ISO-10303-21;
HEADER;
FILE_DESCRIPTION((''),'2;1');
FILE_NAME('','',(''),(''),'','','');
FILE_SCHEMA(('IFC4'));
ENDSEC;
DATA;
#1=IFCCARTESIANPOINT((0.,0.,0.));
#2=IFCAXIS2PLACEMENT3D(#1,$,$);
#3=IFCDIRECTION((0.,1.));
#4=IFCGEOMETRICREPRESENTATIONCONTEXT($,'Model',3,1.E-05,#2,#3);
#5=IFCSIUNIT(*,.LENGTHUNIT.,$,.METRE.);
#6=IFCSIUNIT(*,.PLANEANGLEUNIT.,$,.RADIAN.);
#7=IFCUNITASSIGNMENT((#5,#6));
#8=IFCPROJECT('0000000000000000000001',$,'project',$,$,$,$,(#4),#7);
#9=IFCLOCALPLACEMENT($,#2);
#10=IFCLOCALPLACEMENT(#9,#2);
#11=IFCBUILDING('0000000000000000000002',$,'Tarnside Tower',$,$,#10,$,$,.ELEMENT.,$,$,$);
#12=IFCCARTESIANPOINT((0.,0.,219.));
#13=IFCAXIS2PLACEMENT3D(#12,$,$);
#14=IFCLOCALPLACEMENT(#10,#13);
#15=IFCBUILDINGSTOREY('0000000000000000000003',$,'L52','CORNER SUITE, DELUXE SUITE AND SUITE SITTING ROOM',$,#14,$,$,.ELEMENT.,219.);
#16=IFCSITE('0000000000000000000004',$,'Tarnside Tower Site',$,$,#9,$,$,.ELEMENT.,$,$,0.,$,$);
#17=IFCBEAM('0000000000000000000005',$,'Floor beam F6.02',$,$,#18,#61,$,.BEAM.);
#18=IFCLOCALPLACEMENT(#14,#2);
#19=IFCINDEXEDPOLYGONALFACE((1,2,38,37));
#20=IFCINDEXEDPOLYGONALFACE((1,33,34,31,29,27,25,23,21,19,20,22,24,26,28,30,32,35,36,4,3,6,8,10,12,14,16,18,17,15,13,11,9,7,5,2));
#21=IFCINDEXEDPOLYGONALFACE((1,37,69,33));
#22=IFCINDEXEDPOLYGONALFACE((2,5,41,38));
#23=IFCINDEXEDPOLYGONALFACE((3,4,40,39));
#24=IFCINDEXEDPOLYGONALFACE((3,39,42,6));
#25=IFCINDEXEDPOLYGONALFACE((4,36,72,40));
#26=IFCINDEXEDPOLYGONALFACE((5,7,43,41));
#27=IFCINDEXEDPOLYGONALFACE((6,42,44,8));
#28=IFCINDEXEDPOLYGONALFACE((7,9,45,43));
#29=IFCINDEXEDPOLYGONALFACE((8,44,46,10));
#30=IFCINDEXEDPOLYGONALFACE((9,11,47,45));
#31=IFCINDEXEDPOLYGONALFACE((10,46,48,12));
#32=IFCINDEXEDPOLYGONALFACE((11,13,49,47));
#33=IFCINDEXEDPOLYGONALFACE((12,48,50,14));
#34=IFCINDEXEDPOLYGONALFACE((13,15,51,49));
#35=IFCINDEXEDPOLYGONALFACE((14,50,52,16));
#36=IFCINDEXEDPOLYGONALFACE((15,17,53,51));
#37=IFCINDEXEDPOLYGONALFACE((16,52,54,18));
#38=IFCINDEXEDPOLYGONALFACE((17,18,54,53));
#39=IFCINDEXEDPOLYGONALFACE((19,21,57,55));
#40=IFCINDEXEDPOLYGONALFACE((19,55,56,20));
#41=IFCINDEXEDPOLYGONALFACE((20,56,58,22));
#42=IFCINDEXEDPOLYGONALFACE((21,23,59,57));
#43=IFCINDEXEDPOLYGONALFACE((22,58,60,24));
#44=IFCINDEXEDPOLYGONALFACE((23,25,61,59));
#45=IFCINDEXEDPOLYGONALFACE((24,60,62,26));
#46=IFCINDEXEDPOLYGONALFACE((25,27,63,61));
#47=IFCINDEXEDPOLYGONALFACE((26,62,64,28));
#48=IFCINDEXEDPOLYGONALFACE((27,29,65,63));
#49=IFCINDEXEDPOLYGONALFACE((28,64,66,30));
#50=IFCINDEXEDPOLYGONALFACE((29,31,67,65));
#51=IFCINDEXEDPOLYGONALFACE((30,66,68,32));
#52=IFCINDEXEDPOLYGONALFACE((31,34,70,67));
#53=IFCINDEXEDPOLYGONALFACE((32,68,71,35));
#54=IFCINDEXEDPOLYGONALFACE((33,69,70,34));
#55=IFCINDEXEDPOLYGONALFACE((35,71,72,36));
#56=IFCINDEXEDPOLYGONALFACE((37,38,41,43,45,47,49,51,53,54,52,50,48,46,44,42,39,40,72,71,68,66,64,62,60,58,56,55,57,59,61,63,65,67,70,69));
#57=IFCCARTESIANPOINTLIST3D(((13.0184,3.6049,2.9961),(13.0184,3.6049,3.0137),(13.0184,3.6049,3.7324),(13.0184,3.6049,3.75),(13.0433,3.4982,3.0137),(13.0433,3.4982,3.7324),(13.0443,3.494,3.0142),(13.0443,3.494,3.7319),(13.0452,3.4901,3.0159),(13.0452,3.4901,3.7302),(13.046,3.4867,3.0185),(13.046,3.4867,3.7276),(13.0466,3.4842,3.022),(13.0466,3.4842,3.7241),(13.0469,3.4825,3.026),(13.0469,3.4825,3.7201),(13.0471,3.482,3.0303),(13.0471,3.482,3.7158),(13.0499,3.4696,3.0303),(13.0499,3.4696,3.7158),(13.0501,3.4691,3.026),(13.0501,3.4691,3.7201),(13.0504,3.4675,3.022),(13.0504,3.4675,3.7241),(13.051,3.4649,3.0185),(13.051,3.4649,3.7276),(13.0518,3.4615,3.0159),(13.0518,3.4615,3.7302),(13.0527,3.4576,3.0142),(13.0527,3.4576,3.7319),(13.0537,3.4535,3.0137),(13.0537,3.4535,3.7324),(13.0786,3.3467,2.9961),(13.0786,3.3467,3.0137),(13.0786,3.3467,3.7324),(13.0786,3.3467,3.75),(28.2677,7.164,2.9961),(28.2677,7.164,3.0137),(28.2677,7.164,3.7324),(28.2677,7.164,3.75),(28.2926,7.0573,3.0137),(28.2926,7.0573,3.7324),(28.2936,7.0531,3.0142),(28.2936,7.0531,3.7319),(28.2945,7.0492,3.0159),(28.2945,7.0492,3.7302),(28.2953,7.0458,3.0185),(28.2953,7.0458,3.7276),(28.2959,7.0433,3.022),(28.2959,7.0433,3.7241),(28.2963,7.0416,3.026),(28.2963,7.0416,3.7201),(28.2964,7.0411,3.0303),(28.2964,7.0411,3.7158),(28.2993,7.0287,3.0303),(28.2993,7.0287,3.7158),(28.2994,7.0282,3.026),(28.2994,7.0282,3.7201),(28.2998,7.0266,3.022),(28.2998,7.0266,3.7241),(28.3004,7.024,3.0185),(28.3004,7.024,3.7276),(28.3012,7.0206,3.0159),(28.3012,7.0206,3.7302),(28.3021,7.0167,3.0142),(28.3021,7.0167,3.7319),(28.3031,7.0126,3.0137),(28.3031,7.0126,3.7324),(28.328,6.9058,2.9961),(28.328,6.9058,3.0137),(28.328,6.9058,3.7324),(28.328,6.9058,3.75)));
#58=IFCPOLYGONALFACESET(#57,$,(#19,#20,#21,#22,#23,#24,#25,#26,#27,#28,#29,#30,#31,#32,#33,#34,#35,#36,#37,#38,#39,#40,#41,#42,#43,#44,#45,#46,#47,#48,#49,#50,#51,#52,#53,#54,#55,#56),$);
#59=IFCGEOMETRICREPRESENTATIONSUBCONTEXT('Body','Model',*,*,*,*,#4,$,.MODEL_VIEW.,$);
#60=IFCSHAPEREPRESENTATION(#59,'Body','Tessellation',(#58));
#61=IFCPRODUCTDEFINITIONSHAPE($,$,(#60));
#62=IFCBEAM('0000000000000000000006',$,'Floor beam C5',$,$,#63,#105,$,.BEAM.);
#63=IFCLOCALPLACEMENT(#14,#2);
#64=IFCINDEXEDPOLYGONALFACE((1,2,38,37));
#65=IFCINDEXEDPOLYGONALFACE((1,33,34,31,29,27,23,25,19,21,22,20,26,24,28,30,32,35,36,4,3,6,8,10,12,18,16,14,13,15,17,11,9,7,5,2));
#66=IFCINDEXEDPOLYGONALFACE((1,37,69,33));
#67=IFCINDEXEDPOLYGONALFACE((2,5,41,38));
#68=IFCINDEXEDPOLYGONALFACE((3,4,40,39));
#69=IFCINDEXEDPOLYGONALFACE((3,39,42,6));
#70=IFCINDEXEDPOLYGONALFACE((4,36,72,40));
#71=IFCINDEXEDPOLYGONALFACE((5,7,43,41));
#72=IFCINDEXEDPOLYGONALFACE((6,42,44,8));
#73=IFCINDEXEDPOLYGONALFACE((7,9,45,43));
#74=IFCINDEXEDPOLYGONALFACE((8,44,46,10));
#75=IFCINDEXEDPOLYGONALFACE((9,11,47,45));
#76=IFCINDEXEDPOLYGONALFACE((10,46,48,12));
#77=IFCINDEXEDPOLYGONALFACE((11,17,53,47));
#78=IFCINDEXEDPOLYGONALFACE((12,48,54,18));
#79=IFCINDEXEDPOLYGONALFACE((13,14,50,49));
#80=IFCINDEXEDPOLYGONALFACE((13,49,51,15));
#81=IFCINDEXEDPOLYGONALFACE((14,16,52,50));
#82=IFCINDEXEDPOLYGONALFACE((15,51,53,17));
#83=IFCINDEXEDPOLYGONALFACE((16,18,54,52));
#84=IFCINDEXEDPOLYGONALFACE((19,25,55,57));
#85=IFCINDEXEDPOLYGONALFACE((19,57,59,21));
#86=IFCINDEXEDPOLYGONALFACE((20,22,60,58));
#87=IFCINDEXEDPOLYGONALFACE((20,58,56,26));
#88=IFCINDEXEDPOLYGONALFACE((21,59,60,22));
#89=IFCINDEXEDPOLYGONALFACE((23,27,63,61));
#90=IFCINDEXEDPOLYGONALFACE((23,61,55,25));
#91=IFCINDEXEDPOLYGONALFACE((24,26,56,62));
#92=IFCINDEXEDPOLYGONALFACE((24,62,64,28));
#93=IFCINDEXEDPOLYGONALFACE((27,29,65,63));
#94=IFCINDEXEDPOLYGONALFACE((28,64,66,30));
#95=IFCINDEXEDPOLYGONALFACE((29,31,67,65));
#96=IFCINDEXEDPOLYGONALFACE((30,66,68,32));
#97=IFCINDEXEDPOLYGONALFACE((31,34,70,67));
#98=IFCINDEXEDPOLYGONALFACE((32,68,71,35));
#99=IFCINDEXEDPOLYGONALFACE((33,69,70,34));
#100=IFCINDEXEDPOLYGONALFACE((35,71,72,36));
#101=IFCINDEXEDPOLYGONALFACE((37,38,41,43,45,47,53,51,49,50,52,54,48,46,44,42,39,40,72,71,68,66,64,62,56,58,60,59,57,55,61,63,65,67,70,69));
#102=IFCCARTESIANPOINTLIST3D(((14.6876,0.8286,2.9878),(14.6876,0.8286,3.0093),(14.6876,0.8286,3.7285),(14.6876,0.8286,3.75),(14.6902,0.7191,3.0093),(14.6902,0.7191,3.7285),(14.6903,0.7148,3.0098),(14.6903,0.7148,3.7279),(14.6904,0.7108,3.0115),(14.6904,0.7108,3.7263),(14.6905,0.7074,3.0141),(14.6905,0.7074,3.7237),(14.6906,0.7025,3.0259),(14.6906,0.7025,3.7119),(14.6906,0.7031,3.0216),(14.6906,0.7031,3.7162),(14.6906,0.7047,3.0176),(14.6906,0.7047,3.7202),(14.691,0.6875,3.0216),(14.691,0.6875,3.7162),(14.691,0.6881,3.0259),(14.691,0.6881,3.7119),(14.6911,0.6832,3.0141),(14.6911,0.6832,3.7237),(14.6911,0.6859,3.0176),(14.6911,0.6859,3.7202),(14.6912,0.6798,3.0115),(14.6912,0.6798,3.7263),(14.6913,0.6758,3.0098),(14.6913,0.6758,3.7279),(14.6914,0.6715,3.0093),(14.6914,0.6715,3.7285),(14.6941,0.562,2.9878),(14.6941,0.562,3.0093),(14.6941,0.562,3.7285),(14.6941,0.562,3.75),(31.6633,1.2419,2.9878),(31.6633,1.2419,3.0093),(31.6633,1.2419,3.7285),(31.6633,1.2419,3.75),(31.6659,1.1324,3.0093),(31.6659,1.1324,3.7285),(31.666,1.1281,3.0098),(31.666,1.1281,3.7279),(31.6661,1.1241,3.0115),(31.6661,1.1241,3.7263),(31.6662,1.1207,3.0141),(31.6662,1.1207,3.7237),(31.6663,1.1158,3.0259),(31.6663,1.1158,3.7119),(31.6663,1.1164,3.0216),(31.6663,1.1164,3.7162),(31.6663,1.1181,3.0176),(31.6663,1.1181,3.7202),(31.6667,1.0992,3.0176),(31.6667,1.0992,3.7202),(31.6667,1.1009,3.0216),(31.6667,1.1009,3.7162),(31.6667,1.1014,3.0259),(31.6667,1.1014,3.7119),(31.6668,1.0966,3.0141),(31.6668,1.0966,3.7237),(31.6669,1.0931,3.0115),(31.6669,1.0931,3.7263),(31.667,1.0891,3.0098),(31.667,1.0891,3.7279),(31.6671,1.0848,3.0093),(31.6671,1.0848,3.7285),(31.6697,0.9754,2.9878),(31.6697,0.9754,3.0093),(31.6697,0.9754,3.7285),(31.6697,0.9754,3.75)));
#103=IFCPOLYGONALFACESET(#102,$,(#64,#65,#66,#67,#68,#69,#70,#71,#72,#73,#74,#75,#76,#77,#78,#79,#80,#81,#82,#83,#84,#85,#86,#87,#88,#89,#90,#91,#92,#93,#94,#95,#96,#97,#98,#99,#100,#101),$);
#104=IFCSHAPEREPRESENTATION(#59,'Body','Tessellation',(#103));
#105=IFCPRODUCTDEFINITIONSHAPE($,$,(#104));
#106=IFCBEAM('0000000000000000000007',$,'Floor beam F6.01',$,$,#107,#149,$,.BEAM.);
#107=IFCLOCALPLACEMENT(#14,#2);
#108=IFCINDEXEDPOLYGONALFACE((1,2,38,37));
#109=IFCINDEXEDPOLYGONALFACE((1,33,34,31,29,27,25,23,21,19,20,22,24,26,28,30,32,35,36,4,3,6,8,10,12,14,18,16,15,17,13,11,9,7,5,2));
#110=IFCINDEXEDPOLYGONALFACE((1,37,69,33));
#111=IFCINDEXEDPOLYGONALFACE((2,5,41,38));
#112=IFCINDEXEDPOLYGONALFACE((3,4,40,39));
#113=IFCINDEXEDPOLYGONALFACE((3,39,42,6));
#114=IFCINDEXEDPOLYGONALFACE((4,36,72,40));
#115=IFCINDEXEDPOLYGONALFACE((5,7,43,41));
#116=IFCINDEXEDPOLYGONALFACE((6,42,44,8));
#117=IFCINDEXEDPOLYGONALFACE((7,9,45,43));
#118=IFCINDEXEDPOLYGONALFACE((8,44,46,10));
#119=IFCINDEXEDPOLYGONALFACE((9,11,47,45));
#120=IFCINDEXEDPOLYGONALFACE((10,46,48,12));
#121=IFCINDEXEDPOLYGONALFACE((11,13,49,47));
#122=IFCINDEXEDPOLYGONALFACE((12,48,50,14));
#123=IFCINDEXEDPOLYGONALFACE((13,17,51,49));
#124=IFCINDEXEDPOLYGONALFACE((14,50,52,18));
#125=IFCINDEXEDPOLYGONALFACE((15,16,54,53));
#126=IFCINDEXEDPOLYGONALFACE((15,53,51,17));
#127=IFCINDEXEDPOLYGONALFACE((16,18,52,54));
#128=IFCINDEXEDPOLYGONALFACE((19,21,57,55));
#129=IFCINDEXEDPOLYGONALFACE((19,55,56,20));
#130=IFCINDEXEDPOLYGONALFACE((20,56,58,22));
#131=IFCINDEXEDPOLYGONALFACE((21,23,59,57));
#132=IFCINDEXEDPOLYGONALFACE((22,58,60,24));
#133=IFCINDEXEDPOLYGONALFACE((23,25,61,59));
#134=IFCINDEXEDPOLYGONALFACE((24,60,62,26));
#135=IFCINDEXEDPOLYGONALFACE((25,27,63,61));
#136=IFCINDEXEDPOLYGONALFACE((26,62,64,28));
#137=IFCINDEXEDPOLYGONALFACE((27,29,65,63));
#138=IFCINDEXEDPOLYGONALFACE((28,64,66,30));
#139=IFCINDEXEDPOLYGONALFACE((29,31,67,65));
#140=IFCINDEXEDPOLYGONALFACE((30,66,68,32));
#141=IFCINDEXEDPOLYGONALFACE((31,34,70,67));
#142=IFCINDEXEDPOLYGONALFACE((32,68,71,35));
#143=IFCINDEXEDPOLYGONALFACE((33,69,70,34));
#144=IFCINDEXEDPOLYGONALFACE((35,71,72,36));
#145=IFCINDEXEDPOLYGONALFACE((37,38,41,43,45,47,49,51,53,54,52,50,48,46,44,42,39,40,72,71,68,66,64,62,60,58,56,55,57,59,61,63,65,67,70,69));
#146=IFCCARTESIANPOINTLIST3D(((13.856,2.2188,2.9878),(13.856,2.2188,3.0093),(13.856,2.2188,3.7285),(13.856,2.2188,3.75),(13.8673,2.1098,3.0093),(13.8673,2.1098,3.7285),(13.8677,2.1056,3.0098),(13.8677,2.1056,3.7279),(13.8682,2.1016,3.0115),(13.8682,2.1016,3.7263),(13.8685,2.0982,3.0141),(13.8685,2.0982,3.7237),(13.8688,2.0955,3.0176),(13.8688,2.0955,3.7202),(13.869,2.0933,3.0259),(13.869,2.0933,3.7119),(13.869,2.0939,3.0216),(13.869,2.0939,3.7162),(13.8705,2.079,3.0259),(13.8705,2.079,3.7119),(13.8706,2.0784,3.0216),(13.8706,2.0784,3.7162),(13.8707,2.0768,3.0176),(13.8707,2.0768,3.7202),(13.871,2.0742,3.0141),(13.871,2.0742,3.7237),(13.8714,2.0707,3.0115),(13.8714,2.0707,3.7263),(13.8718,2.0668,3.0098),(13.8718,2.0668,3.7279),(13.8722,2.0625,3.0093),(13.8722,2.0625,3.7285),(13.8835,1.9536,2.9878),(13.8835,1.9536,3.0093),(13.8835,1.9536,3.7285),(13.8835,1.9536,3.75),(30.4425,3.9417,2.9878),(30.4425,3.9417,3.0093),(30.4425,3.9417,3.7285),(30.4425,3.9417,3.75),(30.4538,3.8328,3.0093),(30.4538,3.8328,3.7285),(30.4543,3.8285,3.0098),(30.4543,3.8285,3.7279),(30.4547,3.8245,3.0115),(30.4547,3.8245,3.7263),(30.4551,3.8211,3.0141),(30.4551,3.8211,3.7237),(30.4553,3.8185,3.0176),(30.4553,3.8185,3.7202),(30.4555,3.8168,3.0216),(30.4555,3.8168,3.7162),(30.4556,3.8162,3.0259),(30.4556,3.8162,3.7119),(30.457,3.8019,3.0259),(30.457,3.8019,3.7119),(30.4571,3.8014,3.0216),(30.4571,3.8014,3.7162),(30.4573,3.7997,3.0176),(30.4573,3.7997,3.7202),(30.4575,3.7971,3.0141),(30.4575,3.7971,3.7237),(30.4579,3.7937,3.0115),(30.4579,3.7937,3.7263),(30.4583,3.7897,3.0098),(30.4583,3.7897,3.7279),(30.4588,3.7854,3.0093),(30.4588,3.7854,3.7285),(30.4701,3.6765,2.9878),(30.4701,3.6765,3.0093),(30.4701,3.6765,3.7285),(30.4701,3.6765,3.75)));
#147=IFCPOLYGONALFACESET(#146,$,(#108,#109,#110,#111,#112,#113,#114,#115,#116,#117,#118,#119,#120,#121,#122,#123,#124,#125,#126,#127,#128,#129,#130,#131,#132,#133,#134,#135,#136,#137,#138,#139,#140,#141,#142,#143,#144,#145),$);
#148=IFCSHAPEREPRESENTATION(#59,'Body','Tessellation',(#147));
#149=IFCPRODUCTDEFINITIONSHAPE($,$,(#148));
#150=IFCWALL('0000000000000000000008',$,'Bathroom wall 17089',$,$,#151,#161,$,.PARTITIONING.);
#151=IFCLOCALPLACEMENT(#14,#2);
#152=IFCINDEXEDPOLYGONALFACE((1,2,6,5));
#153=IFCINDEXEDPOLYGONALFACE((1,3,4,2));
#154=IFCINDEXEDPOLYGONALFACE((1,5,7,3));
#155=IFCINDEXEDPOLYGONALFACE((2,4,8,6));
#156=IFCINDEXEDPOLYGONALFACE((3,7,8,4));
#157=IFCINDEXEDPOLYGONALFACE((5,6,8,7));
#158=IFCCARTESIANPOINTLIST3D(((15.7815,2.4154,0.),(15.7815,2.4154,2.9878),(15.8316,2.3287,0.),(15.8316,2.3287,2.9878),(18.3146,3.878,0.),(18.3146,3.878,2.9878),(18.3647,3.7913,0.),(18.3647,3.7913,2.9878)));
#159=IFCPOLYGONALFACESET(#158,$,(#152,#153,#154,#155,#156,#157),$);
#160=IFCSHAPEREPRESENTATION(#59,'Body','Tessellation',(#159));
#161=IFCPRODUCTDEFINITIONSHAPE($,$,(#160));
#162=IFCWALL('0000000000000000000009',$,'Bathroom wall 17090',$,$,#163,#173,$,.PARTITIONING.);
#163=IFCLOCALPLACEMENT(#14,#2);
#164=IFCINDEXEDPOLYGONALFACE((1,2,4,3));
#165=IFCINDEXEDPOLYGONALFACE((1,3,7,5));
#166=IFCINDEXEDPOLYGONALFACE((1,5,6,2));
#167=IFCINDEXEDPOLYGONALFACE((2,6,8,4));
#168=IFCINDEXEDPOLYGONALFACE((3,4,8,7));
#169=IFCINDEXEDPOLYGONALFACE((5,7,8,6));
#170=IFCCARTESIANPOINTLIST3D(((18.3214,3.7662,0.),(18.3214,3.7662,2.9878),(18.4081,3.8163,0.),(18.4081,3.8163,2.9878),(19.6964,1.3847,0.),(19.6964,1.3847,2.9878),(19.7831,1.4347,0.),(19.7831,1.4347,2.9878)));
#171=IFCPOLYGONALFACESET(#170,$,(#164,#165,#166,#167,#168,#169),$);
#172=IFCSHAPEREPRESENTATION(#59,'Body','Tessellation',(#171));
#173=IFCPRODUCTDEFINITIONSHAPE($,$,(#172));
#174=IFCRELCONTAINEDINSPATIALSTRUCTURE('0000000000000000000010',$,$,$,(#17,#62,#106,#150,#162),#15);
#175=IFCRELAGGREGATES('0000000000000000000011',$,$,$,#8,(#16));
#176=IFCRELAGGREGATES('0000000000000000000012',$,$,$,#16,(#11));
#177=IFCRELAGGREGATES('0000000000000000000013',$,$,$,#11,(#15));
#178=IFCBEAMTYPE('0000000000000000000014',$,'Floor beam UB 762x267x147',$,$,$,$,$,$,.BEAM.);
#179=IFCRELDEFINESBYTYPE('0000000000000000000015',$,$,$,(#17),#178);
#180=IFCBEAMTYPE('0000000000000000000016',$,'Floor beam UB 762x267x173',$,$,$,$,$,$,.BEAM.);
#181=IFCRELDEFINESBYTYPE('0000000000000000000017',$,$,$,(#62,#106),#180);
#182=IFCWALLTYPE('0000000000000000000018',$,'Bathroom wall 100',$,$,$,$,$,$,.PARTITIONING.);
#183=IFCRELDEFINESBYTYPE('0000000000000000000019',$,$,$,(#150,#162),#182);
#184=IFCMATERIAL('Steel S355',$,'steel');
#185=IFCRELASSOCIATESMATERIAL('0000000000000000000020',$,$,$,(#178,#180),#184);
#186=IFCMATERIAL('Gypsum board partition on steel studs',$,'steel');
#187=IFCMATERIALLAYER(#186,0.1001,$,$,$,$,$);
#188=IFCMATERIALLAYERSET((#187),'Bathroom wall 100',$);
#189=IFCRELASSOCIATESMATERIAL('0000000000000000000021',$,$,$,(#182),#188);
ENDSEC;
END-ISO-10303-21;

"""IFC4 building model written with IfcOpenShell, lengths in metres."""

from ifc_helpers import new_model, si_unit, direction, frame, frame_2d, origin, origin_2d, place, context, subcontext, project, spatial, rectangle, i_section, extrude, material, layer, layer_set, material_profile, profile_set, type_object, element, save


model = new_model("IFC4")

# Units and contexts
model_context = context("Model", 3, precision=1e-05, world=origin(), true_north=direction((0.0, 1.0)))
body_context = subcontext(model_context, "Body", "Model", "MODEL_VIEW")
ifc_project = project(units=[si_unit("LENGTHUNIT", "METRE"), si_unit("PLANEANGLEUNIT", "RADIAN")], contexts=[model_context])

# Site, building, storey
site_placement = place(None, origin())
site = spatial("IfcSite", under=ifc_project, at=site_placement, Name="Tarnside Tower Site", CompositionType="ELEMENT", RefElevation=0.0)
building_placement = place(site_placement, origin())
building = spatial("IfcBuilding", under=site, at=building_placement, Name="Tarnside Tower", CompositionType="ELEMENT")
storey_placement = place(building_placement, frame((0.0, 0.0, 219.0)))
storey = spatial("IfcBuildingStorey", under=building, at=storey_placement, Name="L52", Description="CORNER SUITE, DELUXE SUITE AND SUITE SITTING ROOM", CompositionType="ELEMENT", Elevation=219.0)

# Beams
ifc_material_1 = material(Name="Steel S355", Category="steel")
ifc_material_profile_1 = material_profile(ifc_material_1, i_section(OverallWidth=0.2651, OverallDepth=0.7539, WebThickness=0.0127, FlangeThickness=0.0176, FilletRadius=0.0166, at=origin_2d()), Name="UB 762x267x147")
ifc_profile_set_1 = profile_set([ifc_material_profile_1], Name="Steel S355")
beam_type_1 = type_object("IfcBeamType", Name="Floor beam UB 762x267x147", PredefinedType="BEAM", material=ifc_profile_set_1)
beam_1_placement = place(storey_placement, frame((28.2979, 7.0349, 3.373), z_axis=(-0.973828, -0.227285, 0.0), x_axis=(0.227285, -0.973828, 0.0)))
element("IfcBeam", 1, at=beam_1_placement, inside=storey, type_object=beam_type_1, Name="Floor beam F6.02", PredefinedType="BEAM", context=body_context, shape_type="SweptSolid", body=[
    extrude(i_section(OverallWidth=0.2651, OverallDepth=0.7539, WebThickness=0.0127, FlangeThickness=0.0176, FilletRadius=0.0166, at=origin_2d()), origin(), (0.0, 0.0, 1.0), 15.6592),
])
ifc_material_profile_2 = material_profile(ifc_material_1, i_section(OverallWidth=0.2666, OverallDepth=0.7622, WebThickness=0.0144, FlangeThickness=0.0215, FilletRadius=0.0166, at=origin_2d()), Name="UB 762x267x173")
ifc_profile_set_2 = profile_set([ifc_material_profile_2], Name="Steel S355")
beam_type_2 = type_object("IfcBeamType", Name="Floor beam UB 762x267x173", PredefinedType="BEAM", material=ifc_profile_set_2)
beam_2_placement = place(storey_placement, frame((31.6665, 1.1086, 3.3689), z_axis=(-0.999704, -0.024341, 0.0), x_axis=(0.024341, -0.999704, 0.0)))
element("IfcBeam", 2, at=beam_2_placement, inside=storey, type_object=beam_type_2, Name="Floor beam C5", PredefinedType="BEAM", context=body_context, shape_type="SweptSolid", body=[
    extrude(i_section(OverallWidth=0.2666, OverallDepth=0.7622, WebThickness=0.0144, FlangeThickness=0.0215, FilletRadius=0.0166, at=origin_2d()), origin(), (0.0, 0.0, 1.0), 16.9807),
])
beam_3_placement = place(storey_placement, frame((30.4563, 3.8091, 3.3689), z_axis=(-0.994648, -0.103318, 0.0), x_axis=(0.103318, -0.994648, 0.0)))
element("IfcBeam", 3, at=beam_3_placement, inside=storey, type_object=beam_type_2, Name="Floor beam F6.01", PredefinedType="BEAM", context=body_context, shape_type="SweptSolid", body=[
    extrude(i_section(OverallWidth=0.2666, OverallDepth=0.7622, WebThickness=0.0144, FlangeThickness=0.0215, FilletRadius=0.0166, at=origin_2d()), origin(), (0.0, 0.0, 1.0), 16.6758),
])

# Walls
ifc_material_2 = material(Name="Gypsum board partition on steel studs", Category="steel")
ifc_layer_1 = layer(ifc_material_2, 0.1001)
ifc_layer_set_1 = layer_set([ifc_layer_1], Name="Bathroom wall 100")
wall_type_1 = type_object("IfcWallType", Name="Bathroom wall 100", PredefinedType="PARTITIONING", material=ifc_layer_set_1)
wall_1_placement = place(storey_placement, frame((15.8066, 2.3721, 0.0), z_axis=(0.0, 0.0, 1.0), x_axis=(0.86601, 0.500026, 0.0)))
element("IfcWall", 4, at=wall_1_placement, inside=storey, type_object=wall_type_1, Name="Bathroom wall 17089", PredefinedType="PARTITIONING", context=body_context, shape_type="SweptSolid", body=[
    extrude(rectangle(XDim=2.925, YDim=0.1001, at=frame_2d((1.4624, 0.0))), origin(), (0.0, 0.0, 1.0), 2.9878),
])
wall_2_placement = place(storey_placement, frame((18.3647, 3.7913, 0.0), z_axis=(0.0, 0.0, 1.0), x_axis=(0.499997, -0.866027, 0.0)))
element("IfcWall", 5, at=wall_2_placement, inside=storey, type_object=wall_type_1, Name="Bathroom wall 17090", PredefinedType="PARTITIONING", context=body_context, shape_type="SweptSolid", body=[
    extrude(rectangle(XDim=2.75, YDim=0.1001, at=frame_2d((1.375, 0.0))), origin(), (0.0, 0.0, 1.0), 2.9878),
])

save(model, "model.ifc")
